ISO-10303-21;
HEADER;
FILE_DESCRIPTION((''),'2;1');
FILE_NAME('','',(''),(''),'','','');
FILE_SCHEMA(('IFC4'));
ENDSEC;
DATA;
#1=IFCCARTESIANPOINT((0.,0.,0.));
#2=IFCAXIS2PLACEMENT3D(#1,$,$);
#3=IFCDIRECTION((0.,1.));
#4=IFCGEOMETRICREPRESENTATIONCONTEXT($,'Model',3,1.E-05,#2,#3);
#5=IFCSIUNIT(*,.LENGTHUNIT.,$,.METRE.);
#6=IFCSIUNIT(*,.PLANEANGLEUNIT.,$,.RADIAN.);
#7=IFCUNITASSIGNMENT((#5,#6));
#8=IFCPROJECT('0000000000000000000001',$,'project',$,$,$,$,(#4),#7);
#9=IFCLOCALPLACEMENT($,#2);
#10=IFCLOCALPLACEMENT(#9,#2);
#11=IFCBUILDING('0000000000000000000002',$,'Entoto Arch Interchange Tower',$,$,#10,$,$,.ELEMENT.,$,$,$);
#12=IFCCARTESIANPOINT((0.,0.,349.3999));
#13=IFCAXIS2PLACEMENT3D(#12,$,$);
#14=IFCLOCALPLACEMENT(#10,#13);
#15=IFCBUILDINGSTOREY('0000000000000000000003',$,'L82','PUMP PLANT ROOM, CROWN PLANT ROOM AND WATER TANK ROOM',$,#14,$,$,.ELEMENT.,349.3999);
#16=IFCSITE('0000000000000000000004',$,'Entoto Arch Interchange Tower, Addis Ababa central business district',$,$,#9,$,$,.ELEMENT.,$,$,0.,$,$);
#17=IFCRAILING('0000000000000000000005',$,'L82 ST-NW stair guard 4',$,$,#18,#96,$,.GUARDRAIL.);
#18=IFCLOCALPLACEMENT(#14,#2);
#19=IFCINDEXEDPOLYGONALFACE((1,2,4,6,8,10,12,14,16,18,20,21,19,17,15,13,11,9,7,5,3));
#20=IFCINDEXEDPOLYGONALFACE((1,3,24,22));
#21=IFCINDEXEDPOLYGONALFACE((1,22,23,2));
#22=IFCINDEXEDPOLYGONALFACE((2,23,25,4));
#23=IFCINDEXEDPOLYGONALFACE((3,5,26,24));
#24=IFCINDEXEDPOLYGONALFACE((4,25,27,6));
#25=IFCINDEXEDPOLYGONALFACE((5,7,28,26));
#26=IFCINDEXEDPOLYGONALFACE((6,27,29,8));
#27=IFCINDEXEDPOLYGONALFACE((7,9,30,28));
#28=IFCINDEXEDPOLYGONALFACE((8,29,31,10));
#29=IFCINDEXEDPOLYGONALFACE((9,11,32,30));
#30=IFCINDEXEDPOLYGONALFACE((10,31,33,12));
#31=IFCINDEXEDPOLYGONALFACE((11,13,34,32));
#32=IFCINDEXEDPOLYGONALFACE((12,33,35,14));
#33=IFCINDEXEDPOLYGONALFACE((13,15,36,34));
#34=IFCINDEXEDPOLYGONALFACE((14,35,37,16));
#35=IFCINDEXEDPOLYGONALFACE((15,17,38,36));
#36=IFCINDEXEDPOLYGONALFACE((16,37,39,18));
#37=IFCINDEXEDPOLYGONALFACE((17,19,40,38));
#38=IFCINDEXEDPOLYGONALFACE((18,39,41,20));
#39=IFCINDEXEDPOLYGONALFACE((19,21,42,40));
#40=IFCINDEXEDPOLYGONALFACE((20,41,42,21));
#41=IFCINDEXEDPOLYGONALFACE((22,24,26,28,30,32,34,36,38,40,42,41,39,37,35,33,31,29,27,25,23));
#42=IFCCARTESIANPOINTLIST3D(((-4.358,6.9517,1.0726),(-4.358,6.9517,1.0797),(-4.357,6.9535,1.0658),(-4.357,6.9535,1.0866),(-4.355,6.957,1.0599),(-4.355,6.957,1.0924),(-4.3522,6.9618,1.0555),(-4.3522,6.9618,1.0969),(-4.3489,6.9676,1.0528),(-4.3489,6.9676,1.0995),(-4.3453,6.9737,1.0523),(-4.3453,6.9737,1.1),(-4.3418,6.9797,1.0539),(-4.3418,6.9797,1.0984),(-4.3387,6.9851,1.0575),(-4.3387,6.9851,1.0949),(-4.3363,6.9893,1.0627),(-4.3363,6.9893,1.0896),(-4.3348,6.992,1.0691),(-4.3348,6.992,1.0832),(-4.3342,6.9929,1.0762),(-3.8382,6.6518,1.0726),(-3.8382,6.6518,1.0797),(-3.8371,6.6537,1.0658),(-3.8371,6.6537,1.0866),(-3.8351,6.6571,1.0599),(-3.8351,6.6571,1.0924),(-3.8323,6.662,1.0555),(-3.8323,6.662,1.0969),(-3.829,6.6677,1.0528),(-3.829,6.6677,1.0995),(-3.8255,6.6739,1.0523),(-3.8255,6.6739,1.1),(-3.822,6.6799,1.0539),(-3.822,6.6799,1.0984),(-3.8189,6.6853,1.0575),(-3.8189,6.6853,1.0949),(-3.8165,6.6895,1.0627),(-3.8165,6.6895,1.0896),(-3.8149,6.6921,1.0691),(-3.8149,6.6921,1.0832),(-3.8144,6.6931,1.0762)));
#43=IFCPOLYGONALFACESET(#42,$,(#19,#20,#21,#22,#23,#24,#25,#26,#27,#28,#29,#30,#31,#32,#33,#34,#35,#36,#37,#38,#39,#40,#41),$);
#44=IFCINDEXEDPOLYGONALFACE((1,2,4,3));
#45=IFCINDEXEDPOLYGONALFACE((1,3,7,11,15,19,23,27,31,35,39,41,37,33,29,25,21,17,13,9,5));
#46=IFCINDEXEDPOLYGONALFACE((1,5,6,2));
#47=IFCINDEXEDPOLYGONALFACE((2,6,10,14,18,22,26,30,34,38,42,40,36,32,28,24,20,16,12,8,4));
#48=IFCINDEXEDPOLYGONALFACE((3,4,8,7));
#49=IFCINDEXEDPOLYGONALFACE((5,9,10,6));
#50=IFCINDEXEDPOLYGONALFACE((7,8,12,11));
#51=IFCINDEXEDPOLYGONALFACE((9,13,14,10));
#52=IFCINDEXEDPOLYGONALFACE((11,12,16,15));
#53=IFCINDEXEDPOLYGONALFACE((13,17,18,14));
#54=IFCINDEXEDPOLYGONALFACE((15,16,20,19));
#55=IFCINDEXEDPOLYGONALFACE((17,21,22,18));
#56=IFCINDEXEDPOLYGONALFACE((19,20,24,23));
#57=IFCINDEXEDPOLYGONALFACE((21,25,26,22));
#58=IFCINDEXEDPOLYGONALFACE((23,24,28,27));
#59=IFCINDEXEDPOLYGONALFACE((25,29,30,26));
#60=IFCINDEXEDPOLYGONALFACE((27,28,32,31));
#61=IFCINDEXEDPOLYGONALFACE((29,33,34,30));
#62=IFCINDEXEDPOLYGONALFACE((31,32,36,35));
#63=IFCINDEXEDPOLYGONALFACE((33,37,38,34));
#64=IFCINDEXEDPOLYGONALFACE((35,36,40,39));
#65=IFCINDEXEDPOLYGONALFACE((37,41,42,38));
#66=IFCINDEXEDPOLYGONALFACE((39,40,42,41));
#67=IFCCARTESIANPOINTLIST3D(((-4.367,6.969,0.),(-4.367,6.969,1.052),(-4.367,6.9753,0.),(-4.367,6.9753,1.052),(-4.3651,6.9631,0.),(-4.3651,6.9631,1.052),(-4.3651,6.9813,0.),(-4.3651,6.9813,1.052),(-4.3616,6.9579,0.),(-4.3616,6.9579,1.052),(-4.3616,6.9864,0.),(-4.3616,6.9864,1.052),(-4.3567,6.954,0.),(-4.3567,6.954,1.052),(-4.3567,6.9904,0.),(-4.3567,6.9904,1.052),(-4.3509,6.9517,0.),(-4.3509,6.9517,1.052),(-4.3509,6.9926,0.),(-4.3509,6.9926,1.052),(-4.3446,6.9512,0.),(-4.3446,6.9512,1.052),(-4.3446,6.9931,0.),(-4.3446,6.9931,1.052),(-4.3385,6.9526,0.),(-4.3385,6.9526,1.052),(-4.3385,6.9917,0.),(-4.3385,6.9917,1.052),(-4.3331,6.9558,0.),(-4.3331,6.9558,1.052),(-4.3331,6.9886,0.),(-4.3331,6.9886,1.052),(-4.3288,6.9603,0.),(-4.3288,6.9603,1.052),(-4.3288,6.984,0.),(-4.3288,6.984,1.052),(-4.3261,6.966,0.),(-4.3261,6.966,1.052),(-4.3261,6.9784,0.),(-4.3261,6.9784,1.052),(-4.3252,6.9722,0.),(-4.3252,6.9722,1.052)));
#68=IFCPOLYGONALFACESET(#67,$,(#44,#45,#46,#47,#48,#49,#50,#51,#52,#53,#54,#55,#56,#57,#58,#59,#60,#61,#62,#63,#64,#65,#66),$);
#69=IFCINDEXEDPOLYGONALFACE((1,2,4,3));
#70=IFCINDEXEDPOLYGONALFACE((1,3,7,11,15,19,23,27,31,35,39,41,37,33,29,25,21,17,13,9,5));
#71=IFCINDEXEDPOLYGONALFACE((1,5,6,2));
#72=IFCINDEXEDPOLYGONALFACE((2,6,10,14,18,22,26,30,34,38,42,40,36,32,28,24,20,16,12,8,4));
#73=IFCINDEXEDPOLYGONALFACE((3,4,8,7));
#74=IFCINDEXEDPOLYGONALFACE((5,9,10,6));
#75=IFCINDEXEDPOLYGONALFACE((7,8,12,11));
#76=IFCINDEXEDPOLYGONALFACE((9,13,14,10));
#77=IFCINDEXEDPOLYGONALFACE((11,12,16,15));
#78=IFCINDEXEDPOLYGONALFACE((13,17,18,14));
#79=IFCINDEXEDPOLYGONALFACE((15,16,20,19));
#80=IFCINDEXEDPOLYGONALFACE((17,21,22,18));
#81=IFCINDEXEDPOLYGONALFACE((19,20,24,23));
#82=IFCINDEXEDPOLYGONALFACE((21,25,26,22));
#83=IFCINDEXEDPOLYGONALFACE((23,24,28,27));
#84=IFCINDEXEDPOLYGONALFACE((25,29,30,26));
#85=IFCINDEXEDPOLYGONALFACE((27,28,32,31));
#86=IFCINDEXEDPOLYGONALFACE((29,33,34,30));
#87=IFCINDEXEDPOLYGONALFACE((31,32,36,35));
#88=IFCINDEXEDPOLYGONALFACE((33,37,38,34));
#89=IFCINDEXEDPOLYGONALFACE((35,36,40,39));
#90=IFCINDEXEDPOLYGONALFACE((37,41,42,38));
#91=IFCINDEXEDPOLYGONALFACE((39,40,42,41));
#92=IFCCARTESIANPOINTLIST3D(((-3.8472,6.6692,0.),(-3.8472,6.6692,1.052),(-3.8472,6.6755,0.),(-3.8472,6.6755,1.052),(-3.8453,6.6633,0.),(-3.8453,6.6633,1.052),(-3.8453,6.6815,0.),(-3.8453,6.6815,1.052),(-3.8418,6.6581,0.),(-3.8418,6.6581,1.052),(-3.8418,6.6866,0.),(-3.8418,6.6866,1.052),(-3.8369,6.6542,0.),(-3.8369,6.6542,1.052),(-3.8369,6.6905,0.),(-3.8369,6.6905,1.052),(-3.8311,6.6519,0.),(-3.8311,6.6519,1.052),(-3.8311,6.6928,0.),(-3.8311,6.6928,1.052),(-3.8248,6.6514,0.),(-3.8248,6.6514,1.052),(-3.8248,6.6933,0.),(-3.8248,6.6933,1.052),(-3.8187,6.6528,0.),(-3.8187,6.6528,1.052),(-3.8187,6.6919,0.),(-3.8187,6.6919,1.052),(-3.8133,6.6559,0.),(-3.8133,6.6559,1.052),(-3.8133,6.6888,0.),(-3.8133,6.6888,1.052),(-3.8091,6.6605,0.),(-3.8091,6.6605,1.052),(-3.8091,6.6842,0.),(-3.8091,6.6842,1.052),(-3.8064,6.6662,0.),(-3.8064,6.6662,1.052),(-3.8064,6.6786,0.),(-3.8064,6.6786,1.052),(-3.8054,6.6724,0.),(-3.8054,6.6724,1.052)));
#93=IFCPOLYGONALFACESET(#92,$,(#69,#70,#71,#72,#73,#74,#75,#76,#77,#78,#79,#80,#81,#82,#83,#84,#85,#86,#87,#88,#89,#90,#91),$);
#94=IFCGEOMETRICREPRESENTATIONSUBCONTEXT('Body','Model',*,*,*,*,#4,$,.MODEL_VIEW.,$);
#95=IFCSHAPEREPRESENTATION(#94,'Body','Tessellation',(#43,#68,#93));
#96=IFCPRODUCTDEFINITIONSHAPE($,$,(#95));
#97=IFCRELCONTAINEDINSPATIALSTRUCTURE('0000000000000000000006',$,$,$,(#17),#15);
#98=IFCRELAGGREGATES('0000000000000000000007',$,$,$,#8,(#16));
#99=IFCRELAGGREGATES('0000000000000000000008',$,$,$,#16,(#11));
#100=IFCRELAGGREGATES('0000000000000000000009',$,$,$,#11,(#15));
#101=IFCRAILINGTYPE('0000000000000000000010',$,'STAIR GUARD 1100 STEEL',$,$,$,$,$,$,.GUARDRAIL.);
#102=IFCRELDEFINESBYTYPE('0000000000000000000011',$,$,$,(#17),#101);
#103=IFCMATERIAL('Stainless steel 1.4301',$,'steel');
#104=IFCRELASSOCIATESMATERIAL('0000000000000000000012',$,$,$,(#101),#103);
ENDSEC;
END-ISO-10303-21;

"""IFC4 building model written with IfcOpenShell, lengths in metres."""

from ifc_helpers import new_model, si_unit, direction, frame, origin, origin_2d, place, context, subcontext, project, spatial, circle, extrude, material, type_object, element, save


model = new_model("IFC4")

# Units and contexts
model_context = context("Model", 3, precision=1e-05, world=origin(), true_north=direction((0.0, 1.0)))
body_context = subcontext(model_context, "Body", "Model", "MODEL_VIEW")
ifc_project = project(units=[si_unit("LENGTHUNIT", "METRE"), si_unit("PLANEANGLEUNIT", "RADIAN")], contexts=[model_context])

# Site, building, storey
site_placement = place(None, origin())
site = spatial("IfcSite", under=ifc_project, at=site_placement, Name="Entoto Arch Interchange Tower, Addis Ababa central business district", CompositionType="ELEMENT", RefElevation=0.0)
building_placement = place(site_placement, origin())
building = spatial("IfcBuilding", under=site, at=building_placement, Name="Entoto Arch Interchange Tower", CompositionType="ELEMENT")
storey_placement = place(building_placement, frame((0.0, 0.0, 349.3999)))
storey = spatial("IfcBuildingStorey", under=building, at=storey_placement, Name="L82", Description="PUMP PLANT ROOM, CROWN PLANT ROOM AND WATER TANK ROOM", CompositionType="ELEMENT", Elevation=349.3999)

# Railing
ifc_material_1 = material(Name="Stainless steel 1.4301", Category="steel")
railing_type = type_object("IfcRailingType", Name="STAIR GUARD 1100 STEEL", PredefinedType="GUARDRAIL", material=ifc_material_1)
railing_1_placement = place(storey_placement, frame((-4.3462, 6.9722, 0.0)))
element("IfcRailing", 1, at=railing_1_placement, inside=storey, type_object=railing_type, Name="L82 ST-NW stair guard 4", PredefinedType="GUARDRAIL", context=body_context, shape_type="SweptSolid", body=[
    extrude(circle(Radius=0.0239, at=origin_2d()), frame((0.0, 0.0, 1.0762), z_axis=(0.866233, -0.49964, 0.0), x_axis=(0.49964, 0.866233, 0.0)), (0.0, 0.0, 1.0), 0.6001),
    extrude(circle(Radius=0.021, at=origin_2d()), origin(), (0.0, 0.0, 1.0), 1.052),
    extrude(circle(Radius=0.021, at=origin_2d()), frame((0.5198, -0.2998, 0.0)), (0.0, 0.0, 1.0), 1.052),
])

save(model, "model.ifc")
